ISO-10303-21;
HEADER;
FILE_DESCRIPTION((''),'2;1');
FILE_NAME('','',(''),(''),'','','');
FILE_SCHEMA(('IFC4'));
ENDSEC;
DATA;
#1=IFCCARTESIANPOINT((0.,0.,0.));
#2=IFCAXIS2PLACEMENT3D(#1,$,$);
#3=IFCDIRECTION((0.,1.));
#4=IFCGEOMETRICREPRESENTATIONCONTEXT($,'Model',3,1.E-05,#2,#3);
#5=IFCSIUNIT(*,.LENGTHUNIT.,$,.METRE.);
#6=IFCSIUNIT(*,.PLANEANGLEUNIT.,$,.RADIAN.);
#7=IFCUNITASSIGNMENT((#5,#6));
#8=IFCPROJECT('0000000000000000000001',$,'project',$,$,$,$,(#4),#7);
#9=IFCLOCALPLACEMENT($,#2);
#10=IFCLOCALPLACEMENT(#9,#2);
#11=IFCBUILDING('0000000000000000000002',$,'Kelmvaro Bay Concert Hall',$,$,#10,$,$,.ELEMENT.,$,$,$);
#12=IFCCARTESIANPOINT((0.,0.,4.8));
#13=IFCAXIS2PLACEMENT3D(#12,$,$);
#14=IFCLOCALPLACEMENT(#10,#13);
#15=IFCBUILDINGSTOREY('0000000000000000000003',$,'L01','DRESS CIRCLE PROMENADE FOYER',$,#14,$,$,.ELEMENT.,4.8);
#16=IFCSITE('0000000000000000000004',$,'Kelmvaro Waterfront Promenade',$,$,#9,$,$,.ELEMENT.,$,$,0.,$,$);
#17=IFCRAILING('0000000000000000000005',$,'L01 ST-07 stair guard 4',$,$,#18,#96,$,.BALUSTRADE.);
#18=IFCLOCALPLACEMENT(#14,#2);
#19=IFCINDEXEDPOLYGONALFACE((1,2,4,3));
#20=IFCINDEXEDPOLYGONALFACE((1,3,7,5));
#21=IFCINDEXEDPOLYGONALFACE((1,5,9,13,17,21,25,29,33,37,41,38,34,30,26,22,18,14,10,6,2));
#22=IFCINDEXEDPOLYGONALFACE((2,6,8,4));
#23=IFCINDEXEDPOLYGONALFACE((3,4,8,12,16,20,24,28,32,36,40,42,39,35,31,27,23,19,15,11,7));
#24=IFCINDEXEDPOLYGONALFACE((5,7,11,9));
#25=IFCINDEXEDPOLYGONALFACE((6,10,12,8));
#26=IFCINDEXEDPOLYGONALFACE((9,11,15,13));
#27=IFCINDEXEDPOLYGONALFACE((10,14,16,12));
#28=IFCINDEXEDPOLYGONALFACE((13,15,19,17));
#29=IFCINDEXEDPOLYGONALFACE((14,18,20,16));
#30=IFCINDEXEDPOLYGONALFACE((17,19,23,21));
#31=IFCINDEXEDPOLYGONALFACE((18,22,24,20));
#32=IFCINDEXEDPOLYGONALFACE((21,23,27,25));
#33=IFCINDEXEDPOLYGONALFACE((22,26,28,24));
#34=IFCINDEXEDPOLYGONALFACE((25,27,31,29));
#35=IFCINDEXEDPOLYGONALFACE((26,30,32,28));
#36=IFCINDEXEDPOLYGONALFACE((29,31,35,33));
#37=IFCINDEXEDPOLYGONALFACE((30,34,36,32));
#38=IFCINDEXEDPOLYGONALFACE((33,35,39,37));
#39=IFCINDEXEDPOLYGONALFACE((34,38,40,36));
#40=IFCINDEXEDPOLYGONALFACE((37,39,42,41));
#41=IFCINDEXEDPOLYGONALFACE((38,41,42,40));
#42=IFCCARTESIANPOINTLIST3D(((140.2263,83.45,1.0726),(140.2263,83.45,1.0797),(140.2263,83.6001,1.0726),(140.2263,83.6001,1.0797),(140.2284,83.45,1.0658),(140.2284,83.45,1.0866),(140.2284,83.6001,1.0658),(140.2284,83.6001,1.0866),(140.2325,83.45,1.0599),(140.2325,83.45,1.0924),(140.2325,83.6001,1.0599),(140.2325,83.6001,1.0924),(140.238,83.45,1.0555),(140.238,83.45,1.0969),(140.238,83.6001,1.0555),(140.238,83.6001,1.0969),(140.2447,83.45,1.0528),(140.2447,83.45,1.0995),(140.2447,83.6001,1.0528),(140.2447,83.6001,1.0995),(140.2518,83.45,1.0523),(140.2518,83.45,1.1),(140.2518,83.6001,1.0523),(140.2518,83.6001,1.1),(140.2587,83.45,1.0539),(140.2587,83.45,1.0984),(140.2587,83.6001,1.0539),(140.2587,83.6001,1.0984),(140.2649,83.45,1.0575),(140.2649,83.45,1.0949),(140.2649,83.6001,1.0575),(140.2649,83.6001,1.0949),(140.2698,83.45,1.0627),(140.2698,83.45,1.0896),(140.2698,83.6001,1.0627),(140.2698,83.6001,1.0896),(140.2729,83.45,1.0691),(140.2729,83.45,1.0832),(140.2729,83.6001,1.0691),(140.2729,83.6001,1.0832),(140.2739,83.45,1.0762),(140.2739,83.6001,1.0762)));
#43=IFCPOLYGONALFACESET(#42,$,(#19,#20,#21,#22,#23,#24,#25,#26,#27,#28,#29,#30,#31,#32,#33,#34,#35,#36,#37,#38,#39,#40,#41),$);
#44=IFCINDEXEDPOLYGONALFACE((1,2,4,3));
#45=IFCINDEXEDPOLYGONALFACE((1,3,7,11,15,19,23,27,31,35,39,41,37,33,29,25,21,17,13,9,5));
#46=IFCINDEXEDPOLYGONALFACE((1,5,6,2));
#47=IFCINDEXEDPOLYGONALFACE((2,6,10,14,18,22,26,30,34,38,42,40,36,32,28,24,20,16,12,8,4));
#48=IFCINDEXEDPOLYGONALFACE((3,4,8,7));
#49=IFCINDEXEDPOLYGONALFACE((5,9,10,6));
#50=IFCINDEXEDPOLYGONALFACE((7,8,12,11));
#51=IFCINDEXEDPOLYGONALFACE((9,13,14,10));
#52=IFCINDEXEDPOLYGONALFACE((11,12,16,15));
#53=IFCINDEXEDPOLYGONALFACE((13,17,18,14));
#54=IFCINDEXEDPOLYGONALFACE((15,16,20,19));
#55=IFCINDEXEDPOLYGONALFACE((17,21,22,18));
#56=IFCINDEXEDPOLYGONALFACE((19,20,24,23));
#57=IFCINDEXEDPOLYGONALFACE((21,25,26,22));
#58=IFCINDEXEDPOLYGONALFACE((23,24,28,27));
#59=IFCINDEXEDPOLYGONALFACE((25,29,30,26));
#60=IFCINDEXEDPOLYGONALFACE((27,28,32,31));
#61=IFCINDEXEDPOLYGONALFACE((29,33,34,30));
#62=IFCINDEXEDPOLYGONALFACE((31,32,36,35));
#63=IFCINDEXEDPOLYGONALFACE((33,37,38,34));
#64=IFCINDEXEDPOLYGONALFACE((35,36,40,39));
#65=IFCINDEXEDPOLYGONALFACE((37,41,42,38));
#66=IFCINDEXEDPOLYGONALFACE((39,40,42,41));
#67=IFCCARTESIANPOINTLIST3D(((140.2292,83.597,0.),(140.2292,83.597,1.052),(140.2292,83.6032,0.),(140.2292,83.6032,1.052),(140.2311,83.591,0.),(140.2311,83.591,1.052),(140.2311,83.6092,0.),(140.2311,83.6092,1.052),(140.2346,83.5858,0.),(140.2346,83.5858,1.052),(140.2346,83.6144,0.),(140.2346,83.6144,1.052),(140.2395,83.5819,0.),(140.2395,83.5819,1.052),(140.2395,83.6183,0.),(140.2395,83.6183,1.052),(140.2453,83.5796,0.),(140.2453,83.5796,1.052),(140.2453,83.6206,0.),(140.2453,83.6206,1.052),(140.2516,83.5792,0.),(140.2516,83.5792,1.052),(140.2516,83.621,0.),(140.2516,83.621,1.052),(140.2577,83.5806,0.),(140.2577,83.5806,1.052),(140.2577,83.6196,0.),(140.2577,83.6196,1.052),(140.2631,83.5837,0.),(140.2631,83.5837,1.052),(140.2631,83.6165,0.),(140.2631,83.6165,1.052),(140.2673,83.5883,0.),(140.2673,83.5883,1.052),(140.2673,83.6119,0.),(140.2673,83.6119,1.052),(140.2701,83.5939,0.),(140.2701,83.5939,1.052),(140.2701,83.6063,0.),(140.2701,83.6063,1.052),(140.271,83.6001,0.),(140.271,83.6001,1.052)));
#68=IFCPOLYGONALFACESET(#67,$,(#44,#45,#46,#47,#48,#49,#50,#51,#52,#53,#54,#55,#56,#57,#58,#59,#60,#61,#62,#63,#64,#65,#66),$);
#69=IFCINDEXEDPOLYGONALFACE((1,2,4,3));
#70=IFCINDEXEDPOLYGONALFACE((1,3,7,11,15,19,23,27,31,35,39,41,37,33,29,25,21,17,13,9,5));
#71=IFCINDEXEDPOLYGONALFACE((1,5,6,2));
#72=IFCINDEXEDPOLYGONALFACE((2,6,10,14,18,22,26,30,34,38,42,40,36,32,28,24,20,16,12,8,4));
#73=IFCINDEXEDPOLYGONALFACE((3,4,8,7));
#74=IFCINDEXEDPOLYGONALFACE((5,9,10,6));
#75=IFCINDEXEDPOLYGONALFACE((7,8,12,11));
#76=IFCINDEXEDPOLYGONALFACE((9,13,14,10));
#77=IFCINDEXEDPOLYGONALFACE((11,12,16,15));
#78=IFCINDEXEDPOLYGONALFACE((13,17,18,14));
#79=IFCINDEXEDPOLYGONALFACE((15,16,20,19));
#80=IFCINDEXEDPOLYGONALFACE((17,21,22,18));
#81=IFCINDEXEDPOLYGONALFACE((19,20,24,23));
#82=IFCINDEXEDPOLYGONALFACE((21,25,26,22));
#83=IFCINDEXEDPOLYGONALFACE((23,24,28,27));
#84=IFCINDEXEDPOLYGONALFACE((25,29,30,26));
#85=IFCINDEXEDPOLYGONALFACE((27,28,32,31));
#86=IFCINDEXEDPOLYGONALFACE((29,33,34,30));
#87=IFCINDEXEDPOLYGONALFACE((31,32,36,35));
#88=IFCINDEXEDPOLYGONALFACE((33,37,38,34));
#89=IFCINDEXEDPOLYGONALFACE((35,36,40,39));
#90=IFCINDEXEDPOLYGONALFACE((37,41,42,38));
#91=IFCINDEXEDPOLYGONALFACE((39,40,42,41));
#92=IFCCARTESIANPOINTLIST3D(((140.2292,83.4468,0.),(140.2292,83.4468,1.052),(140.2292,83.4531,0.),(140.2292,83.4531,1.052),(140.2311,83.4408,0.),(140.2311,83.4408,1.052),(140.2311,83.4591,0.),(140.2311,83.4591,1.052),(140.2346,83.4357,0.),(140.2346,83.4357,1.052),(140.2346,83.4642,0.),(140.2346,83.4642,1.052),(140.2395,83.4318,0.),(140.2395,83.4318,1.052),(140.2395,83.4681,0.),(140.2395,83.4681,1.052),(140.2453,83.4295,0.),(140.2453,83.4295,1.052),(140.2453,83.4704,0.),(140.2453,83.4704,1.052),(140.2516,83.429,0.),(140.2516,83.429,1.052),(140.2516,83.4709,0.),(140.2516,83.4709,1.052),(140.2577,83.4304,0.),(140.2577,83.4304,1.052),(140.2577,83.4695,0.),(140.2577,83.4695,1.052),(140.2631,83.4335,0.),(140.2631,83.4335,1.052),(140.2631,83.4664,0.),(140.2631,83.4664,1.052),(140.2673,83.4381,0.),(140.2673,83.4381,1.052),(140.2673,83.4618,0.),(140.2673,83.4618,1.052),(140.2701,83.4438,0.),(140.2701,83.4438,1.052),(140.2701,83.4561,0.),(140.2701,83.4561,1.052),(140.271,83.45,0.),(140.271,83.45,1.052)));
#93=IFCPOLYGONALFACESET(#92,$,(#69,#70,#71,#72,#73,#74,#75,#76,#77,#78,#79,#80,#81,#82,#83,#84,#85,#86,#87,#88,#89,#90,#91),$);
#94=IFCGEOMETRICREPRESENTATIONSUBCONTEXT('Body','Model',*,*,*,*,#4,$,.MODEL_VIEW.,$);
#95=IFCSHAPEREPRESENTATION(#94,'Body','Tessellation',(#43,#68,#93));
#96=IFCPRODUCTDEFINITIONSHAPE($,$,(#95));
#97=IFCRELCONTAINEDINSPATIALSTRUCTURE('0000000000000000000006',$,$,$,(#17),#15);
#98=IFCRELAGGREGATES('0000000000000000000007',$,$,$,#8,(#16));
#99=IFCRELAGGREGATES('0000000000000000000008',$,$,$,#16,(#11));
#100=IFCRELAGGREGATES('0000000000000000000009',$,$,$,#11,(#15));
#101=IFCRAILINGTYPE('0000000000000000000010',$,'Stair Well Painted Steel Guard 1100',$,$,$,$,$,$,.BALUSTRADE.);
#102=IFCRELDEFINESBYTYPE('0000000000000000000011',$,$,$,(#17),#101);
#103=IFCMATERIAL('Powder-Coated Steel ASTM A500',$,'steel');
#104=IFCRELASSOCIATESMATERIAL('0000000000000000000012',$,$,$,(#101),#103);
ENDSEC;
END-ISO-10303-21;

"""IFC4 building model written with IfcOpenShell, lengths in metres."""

from ifc_helpers import new_model, si_unit, direction, frame, origin, origin_2d, place, context, subcontext, project, spatial, circle, extrude, material, type_object, element, save


model = new_model("IFC4")

# Units and contexts
model_context = context("Model", 3, precision=1e-05, world=origin(), true_north=direction((0.0, 1.0)))
body_context = subcontext(model_context, "Body", "Model", "MODEL_VIEW")
ifc_project = project(units=[si_unit("LENGTHUNIT", "METRE"), si_unit("PLANEANGLEUNIT", "RADIAN")], contexts=[model_context])

# Site, building, storey
site_placement = place(None, origin())
site = spatial("IfcSite", under=ifc_project, at=site_placement, Name="Kelmvaro Waterfront Promenade", CompositionType="ELEMENT", RefElevation=0.0)
building_placement = place(site_placement, origin())
building = spatial("IfcBuilding", under=site, at=building_placement, Name="Kelmvaro Bay Concert Hall", CompositionType="ELEMENT")
storey_placement = place(building_placement, frame((0.0, 0.0, 4.8)))
storey = spatial("IfcBuildingStorey", under=building, at=storey_placement, Name="L01", Description="DRESS CIRCLE PROMENADE FOYER", CompositionType="ELEMENT", Elevation=4.8)

# Railing
ifc_material_1 = material(Name="Powder-Coated Steel ASTM A500", Category="steel")
railing_type_1 = type_object("IfcRailingType", Name="Stair Well Painted Steel Guard 1100", PredefinedType="BALUSTRADE", material=ifc_material_1)
railing_1_placement = place(storey_placement, frame((140.25, 83.6001, 0.0)))
element("IfcRailing", 1, at=railing_1_placement, inside=storey, type_object=railing_type_1, Name="L01 ST-07 stair guard 4", PredefinedType="BALUSTRADE", context=body_context, shape_type="SweptSolid", body=[
    extrude(circle(Radius=0.0239, at=origin_2d()), frame((0.0, 0.0, 1.0762), z_axis=(0.0, -1.0, 0.0), x_axis=(1.0, 0.0, 0.0)), (0.0, 0.0, 1.0), 0.1501),
    extrude(circle(Radius=0.021, at=origin_2d()), origin(), (0.0, 0.0, 1.0), 1.052),
    extrude(circle(Radius=0.021, at=origin_2d()), frame((0.0, -0.1501, 0.0)), (0.0, 0.0, 1.0), 1.052),
])

save(model, "model.ifc")
